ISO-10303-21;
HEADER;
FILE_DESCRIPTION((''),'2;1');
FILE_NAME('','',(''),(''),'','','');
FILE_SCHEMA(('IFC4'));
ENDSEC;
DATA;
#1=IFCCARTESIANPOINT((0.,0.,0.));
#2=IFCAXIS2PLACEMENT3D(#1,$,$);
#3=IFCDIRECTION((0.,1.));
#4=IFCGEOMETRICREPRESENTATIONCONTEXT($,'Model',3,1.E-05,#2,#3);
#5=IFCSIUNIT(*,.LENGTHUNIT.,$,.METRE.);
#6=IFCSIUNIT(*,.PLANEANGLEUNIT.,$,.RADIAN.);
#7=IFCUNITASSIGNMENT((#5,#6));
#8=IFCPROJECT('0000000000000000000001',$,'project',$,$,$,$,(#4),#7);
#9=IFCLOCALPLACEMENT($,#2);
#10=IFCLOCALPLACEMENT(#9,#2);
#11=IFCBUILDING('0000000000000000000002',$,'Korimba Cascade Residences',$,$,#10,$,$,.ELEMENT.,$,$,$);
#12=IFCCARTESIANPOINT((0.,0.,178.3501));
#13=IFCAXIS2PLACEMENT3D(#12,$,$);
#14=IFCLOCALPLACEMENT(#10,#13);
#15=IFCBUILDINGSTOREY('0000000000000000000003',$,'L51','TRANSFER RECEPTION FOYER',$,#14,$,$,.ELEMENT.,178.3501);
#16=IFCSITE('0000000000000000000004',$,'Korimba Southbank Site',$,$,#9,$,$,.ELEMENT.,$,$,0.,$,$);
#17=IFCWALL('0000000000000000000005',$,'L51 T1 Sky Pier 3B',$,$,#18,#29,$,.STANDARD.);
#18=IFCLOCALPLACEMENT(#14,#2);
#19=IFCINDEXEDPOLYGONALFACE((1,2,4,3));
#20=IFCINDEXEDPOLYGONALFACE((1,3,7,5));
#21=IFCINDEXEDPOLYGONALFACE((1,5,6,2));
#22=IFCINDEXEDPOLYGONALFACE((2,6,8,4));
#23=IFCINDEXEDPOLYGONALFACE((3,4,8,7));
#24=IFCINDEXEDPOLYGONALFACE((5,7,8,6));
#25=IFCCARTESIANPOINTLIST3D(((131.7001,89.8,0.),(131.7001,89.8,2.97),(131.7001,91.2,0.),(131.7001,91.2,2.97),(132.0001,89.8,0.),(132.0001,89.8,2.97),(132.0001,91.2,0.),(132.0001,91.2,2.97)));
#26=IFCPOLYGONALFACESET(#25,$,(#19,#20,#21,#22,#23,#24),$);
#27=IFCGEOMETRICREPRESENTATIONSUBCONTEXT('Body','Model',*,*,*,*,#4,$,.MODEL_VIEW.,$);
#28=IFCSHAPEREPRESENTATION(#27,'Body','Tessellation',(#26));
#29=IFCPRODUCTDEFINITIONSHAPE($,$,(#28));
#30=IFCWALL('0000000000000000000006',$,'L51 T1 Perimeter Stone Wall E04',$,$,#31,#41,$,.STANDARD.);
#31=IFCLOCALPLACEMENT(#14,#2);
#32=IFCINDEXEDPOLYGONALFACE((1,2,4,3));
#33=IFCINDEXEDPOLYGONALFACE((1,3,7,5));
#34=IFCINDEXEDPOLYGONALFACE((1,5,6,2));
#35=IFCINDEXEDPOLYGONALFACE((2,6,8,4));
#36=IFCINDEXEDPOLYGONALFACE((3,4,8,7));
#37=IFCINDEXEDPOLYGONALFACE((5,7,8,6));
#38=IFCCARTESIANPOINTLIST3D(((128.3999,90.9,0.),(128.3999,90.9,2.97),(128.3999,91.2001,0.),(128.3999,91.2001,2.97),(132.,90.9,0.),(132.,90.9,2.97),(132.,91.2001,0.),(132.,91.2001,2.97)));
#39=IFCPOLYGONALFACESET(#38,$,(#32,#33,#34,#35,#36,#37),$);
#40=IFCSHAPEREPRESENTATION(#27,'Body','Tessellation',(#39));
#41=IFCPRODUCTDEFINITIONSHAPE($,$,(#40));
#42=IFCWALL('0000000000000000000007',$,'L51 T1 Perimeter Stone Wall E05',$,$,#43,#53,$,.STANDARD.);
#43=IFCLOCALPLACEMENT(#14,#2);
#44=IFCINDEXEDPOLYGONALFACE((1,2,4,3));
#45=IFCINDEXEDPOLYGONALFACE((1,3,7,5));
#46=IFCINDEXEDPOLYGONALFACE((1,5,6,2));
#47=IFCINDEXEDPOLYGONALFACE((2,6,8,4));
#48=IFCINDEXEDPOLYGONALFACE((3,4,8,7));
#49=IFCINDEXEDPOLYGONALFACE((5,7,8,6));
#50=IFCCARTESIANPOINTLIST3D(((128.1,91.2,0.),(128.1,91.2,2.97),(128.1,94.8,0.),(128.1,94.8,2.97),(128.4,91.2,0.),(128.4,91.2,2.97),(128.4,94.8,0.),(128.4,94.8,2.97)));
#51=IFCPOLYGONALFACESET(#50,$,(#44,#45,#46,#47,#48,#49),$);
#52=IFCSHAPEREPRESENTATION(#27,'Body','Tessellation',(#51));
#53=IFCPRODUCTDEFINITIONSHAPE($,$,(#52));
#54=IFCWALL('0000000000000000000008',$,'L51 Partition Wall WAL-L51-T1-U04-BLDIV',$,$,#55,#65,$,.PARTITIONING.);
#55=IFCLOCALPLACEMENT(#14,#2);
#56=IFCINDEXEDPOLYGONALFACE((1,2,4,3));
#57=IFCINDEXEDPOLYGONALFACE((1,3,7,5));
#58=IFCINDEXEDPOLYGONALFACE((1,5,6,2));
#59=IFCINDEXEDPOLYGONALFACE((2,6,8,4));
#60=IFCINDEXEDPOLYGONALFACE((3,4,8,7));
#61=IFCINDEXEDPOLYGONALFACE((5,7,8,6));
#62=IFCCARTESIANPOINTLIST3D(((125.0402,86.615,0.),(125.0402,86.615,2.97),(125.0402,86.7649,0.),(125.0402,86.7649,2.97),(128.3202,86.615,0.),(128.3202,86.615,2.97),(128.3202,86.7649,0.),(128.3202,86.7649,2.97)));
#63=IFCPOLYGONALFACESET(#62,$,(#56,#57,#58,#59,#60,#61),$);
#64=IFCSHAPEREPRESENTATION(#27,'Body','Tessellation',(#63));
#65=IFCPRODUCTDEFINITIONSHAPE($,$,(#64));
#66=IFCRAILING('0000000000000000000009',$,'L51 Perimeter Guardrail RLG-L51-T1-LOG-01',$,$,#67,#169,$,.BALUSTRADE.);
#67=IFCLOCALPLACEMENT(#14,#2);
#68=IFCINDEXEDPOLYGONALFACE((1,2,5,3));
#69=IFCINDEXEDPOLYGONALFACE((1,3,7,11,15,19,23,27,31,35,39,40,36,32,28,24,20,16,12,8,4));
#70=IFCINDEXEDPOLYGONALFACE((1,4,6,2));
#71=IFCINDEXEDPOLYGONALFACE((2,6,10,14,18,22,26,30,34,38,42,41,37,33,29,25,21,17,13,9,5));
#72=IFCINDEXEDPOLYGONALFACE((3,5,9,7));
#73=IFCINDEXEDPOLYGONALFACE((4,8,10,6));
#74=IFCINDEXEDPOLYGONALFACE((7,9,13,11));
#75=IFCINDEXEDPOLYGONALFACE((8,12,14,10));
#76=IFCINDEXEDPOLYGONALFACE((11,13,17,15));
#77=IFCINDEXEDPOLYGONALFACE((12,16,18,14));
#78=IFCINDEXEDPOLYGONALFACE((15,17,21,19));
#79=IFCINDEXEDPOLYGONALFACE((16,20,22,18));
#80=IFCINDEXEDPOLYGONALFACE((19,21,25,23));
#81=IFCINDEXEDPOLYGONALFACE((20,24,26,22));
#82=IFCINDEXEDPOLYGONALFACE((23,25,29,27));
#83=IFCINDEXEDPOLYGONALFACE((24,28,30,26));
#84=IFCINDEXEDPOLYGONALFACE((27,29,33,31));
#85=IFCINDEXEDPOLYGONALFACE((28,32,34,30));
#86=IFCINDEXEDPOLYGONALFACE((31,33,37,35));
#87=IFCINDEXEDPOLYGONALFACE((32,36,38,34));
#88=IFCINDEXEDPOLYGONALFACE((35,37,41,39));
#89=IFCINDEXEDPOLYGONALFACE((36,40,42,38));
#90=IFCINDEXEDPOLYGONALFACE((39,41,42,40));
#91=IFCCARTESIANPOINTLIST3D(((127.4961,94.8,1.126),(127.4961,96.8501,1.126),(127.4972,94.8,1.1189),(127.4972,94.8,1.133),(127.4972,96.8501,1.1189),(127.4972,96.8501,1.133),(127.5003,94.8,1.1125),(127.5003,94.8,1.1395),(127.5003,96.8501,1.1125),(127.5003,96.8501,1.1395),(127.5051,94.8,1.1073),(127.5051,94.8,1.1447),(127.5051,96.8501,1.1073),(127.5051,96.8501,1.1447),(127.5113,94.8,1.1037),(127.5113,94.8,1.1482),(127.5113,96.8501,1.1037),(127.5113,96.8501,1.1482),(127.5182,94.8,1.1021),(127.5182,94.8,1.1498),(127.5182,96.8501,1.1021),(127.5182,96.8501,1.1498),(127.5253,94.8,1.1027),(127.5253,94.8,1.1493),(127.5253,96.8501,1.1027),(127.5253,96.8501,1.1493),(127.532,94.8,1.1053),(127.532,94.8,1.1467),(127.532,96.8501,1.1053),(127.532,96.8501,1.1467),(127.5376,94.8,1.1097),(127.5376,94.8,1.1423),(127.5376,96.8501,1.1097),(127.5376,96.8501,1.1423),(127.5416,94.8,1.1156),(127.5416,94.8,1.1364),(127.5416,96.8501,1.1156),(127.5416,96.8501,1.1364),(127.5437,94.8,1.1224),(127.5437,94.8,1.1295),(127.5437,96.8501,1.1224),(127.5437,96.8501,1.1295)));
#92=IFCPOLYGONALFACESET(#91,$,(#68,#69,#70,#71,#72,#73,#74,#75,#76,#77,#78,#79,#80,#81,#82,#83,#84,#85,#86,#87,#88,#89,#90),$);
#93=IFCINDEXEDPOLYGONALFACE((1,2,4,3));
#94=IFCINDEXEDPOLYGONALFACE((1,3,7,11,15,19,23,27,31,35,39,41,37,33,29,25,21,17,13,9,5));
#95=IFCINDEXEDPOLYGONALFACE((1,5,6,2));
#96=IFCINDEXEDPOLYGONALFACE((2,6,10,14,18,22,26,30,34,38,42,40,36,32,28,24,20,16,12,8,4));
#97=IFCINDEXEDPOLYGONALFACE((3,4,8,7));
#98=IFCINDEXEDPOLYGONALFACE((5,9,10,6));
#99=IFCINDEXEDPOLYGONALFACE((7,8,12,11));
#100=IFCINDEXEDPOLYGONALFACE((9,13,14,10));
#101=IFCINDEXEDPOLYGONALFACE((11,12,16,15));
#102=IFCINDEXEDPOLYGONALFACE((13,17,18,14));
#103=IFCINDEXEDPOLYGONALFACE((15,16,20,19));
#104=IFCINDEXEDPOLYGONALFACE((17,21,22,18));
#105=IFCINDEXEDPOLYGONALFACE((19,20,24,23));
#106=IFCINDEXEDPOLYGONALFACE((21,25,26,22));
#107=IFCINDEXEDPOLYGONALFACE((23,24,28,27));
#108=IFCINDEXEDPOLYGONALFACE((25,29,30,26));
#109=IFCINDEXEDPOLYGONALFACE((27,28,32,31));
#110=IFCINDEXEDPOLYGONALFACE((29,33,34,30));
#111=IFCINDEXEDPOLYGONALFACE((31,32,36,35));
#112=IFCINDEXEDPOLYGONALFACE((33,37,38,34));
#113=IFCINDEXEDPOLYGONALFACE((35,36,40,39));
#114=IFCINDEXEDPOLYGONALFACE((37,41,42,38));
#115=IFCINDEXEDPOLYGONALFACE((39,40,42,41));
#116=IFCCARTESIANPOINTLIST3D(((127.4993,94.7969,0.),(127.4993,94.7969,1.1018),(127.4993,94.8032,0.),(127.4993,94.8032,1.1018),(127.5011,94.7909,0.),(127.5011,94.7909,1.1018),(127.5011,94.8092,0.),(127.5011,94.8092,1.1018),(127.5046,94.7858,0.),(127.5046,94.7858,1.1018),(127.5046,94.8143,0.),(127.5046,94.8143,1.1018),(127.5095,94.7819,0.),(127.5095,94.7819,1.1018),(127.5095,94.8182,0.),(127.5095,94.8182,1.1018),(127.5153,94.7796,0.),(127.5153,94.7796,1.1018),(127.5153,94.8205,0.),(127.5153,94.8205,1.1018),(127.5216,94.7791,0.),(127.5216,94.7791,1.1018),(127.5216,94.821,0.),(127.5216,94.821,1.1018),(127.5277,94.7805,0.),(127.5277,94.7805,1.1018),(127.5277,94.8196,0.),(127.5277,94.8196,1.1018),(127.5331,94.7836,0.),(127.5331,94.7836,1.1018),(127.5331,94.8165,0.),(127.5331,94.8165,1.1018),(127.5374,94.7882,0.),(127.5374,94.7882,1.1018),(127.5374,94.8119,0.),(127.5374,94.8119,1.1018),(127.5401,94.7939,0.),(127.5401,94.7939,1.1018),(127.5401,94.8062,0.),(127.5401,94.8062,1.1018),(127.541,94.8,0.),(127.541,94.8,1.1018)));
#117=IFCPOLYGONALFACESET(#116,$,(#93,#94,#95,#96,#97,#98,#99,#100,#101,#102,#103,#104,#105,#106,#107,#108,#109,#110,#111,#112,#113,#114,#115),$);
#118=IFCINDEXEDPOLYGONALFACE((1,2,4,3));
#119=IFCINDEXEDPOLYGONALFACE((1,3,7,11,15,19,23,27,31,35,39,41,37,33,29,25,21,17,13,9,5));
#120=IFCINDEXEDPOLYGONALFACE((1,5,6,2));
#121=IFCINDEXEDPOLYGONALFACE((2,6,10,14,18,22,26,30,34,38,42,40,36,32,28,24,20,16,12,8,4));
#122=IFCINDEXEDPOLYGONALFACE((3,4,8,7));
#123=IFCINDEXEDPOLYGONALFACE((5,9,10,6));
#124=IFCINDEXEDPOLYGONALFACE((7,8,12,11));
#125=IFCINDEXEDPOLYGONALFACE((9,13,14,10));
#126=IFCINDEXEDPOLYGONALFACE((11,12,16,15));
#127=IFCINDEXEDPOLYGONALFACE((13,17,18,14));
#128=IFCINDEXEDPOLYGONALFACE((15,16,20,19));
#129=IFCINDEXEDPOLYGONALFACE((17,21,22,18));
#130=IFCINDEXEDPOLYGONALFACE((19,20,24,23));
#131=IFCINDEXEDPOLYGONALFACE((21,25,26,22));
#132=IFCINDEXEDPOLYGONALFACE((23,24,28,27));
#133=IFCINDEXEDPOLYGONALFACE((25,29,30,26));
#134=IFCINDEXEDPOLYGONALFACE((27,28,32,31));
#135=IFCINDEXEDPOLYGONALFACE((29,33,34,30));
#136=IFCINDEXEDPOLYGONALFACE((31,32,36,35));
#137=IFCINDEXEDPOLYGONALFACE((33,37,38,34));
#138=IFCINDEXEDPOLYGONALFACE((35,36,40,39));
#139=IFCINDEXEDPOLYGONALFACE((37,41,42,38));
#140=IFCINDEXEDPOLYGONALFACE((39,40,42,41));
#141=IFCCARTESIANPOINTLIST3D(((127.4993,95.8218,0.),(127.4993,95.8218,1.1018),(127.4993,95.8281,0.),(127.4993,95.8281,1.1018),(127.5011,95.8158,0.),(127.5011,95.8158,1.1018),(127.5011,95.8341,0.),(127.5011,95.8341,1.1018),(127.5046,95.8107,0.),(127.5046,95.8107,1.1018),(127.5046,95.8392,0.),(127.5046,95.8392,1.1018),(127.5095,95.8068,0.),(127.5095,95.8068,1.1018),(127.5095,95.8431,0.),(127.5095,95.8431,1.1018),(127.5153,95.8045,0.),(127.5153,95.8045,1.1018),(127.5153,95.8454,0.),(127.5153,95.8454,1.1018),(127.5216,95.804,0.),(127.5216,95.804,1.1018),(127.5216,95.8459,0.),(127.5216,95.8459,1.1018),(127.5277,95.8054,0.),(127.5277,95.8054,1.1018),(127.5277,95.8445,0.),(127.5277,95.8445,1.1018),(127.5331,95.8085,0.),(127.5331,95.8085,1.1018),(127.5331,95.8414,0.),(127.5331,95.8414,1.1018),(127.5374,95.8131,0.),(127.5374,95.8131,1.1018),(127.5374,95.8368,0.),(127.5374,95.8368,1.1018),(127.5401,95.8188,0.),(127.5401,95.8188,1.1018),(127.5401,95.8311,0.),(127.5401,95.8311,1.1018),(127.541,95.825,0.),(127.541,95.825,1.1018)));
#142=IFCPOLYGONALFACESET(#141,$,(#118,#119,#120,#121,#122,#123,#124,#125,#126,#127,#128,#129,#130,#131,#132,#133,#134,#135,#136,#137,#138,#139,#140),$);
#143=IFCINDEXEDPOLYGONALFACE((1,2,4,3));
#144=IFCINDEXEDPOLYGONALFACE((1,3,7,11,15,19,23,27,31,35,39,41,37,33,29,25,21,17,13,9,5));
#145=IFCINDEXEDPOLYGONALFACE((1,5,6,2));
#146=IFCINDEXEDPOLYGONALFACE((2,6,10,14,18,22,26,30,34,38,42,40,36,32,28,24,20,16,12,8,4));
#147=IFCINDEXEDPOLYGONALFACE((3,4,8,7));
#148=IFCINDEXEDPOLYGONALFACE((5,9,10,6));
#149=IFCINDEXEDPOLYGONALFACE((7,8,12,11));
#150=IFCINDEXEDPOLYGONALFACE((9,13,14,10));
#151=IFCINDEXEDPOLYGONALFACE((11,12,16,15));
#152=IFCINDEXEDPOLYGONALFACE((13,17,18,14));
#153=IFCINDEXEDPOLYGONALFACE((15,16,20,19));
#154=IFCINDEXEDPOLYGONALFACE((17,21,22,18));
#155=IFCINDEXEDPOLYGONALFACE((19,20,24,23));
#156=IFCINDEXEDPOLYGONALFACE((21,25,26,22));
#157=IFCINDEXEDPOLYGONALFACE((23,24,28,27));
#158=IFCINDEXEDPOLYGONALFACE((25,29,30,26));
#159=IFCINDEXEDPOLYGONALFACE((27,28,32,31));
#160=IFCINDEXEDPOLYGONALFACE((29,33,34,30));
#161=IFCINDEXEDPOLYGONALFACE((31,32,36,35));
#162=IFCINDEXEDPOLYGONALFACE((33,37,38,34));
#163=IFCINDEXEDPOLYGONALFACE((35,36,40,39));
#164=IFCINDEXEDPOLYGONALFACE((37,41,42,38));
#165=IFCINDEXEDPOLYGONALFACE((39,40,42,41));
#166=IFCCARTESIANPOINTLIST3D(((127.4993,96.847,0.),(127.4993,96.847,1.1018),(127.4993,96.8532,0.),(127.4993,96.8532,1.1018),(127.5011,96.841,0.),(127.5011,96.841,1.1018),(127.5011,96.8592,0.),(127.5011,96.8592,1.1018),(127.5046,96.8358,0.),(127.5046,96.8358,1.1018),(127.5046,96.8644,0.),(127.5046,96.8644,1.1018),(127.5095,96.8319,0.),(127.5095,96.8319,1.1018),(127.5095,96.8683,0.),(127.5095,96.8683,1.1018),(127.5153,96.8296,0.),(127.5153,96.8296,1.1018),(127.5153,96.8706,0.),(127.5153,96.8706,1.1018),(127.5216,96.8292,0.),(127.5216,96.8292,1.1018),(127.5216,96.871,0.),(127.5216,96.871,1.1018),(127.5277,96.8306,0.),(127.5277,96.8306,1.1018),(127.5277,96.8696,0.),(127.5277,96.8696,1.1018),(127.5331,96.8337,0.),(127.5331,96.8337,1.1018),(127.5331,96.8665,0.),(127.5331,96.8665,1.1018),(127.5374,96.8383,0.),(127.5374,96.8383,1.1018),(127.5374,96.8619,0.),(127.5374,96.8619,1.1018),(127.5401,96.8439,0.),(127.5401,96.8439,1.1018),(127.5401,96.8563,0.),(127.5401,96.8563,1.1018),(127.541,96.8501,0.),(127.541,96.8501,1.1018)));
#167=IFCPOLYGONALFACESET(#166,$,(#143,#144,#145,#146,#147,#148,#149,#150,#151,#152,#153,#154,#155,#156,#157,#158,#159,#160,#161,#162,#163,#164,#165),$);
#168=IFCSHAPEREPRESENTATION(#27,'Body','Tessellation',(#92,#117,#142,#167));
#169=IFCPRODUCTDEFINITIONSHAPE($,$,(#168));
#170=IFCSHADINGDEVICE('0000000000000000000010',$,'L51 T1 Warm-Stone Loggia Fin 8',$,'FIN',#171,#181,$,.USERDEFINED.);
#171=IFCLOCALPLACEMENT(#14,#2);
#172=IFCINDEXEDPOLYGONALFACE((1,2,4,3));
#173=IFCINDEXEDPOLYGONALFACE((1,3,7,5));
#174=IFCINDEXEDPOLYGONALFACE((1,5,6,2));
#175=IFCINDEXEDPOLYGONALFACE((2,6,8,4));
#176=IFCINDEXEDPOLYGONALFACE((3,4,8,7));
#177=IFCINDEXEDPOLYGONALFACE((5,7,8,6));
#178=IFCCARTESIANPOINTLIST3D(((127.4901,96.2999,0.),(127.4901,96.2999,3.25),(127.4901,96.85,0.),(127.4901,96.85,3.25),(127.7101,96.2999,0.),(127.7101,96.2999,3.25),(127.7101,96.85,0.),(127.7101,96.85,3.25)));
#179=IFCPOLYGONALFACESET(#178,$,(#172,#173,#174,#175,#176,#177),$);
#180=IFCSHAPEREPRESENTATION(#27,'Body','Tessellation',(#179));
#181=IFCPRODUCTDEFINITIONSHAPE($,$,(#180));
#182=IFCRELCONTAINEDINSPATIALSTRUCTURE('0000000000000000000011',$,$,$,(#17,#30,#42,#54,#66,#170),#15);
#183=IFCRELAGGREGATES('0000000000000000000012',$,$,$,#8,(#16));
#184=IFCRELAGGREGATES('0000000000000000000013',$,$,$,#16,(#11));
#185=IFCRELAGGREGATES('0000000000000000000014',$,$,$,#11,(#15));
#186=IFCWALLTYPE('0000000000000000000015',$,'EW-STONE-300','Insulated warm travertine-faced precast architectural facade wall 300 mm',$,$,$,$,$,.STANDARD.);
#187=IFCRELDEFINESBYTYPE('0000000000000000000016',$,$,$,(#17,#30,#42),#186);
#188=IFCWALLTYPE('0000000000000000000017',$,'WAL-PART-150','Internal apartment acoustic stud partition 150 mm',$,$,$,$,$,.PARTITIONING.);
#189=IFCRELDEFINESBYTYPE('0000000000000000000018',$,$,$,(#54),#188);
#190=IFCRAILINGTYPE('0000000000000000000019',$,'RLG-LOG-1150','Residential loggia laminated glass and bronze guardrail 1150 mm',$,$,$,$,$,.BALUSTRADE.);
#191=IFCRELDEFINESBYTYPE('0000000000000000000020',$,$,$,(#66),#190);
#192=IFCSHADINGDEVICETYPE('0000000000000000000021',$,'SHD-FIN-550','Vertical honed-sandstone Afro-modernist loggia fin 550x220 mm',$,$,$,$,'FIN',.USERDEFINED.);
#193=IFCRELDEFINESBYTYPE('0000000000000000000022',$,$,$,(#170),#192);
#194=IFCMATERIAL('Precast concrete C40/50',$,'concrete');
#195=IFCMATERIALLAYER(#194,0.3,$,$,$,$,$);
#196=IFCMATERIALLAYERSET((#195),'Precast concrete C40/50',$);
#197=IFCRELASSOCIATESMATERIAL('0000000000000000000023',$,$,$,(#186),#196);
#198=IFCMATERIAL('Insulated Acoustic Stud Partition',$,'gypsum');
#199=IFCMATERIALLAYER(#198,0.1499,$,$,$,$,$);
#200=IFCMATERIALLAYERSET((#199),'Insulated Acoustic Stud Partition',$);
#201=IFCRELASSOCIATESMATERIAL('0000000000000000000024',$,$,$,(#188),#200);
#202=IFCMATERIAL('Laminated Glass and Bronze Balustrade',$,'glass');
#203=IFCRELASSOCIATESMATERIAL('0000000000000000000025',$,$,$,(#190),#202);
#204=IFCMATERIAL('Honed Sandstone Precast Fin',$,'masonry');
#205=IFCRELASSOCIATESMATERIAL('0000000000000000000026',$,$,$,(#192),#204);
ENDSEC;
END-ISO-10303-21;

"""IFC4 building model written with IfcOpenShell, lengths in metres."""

from ifc_helpers import new_model, si_unit, direction, frame, frame_2d, origin, origin_2d, place, context, subcontext, project, spatial, rectangle, circle, extrude, material, layer, layer_set, type_object, element, save


model = new_model("IFC4")

# Units and contexts
model_context = context("Model", 3, precision=1e-05, world=origin(), true_north=direction((0.0, 1.0)))
body_context = subcontext(model_context, "Body", "Model", "MODEL_VIEW")
ifc_project = project(units=[si_unit("LENGTHUNIT", "METRE"), si_unit("PLANEANGLEUNIT", "RADIAN")], contexts=[model_context])

# Site, building, storey
site_placement = place(None, origin())
site = spatial("IfcSite", under=ifc_project, at=site_placement, Name="Korimba Southbank Site", CompositionType="ELEMENT", RefElevation=0.0)
building_placement = place(site_placement, origin())
building = spatial("IfcBuilding", under=site, at=building_placement, Name="Korimba Cascade Residences", CompositionType="ELEMENT")
storey_placement = place(building_placement, frame((0.0, 0.0, 178.3501)))
storey = spatial("IfcBuildingStorey", under=building, at=storey_placement, Name="L51", Description="TRANSFER RECEPTION FOYER", CompositionType="ELEMENT", Elevation=178.3501)

# Shared definitions
ifc_material_1 = material(Name="Precast concrete C40/50", Category="concrete")

# Walls
ifc_layer_1 = layer(ifc_material_1, 0.3)
ifc_layer_set_1 = layer_set([ifc_layer_1], Name="Precast concrete C40/50")
wall_type_1 = type_object("IfcWallType", Name="EW-STONE-300", Description="Insulated warm travertine-faced precast architectural facade wall 300 mm", PredefinedType="STANDARD", material=ifc_layer_set_1)
wall_1_placement = place(storey_placement, frame((131.8501, 89.8, 0.0), z_axis=(0.0, 0.0, 1.0), x_axis=(0.0, 1.0, 0.0)))
element("IfcWall", 1, at=wall_1_placement, inside=storey, type_object=wall_type_1, Name="L51 T1 Sky Pier 3B", PredefinedType="STANDARD", context=body_context, shape_type="SweptSolid", body=[
    extrude(rectangle(XDim=1.3999, YDim=0.3, at=frame_2d((0.7, 0.0))), origin(), (0.0, 0.0, 1.0), 2.97),
])
for number, where, z_axis, x_axis, name in (
    (2, (132.0, 91.05, 0.0), (0.0, 0.0, 1.0), (-1.0, 0.0, 0.0), "L51 T1 Perimeter Stone Wall E04"),
    (3, (128.25, 91.2, 0.0), (0.0, 0.0, 1.0), (0.0, 1.0, 0.0), "L51 T1 Perimeter Stone Wall E05"),
):
    element("IfcWall", number, at=place(storey_placement, frame(where, z_axis=z_axis, x_axis=x_axis)), inside=storey, type_object=wall_type_1, Name=name, PredefinedType="STANDARD", context=body_context, shape_type="SweptSolid", body=[
        extrude(rectangle(XDim=3.6001, YDim=0.3, at=frame_2d((1.8, 0.0))), origin(), (0.0, 0.0, 1.0), 2.97),
    ])
ifc_material_2 = material(Name="Insulated Acoustic Stud Partition", Category="gypsum")
ifc_layer_2 = layer(ifc_material_2, 0.1499)
ifc_layer_set_2 = layer_set([ifc_layer_2], Name="Insulated Acoustic Stud Partition")
wall_type_2 = type_object("IfcWallType", Name="WAL-PART-150", Description="Internal apartment acoustic stud partition 150 mm", PredefinedType="PARTITIONING", material=ifc_layer_set_2)
wall_2_placement = place(storey_placement, frame((125.04, 86.6899, 0.0), z_axis=(0.0, 0.0, 1.0), x_axis=(1.0, 0.0, 0.0)))
element("IfcWall", 4, at=wall_2_placement, inside=storey, type_object=wall_type_2, Name="L51 Partition Wall WAL-L51-T1-U04-BLDIV", PredefinedType="PARTITIONING", context=body_context, shape_type="SweptSolid", body=[
    extrude(rectangle(XDim=3.28, YDim=0.1499, at=frame_2d((1.6401, 0.0))), origin(), (0.0, 0.0, 1.0), 2.97),
])

# Railing
ifc_material_3 = material(Name="Laminated Glass and Bronze Balustrade", Category="glass")
railing_type = type_object("IfcRailingType", Name="RLG-LOG-1150", Description="Residential loggia laminated glass and bronze guardrail 1150 mm", PredefinedType="BALUSTRADE", material=ifc_material_3)
railing_1_placement = place(storey_placement, frame((127.52, 94.8, 0.0)))
element("IfcRailing", 5, at=railing_1_placement, inside=storey, type_object=railing_type, Name="L51 Perimeter Guardrail RLG-L51-T1-LOG-01", PredefinedType="BALUSTRADE", context=body_context, shape_type="SweptSolid", body=[
    extrude(circle(Radius=0.0239, at=origin_2d()), frame((0.0, 0.0, 1.126), z_axis=(0.0, 1.0, 0.0), x_axis=(-1.0, 0.0, 0.0)), (0.0, 0.0, 1.0), 2.05),
    extrude(circle(Radius=0.021, at=origin_2d()), origin(), (0.0, 0.0, 1.0), 1.1018),
    extrude(circle(Radius=0.021, at=origin_2d()), frame((0.0, 1.0249, 0.0)), (0.0, 0.0, 1.0), 1.1018),
    extrude(circle(Radius=0.021, at=origin_2d()), frame((0.0, 2.05, 0.0)), (0.0, 0.0, 1.0), 1.1018),
])

# Shading device
ifc_material_4 = material(Name="Honed Sandstone Precast Fin", Category="masonry")
shading_device_type = type_object("IfcShadingDeviceType", Name="SHD-FIN-550", Description="Vertical honed-sandstone Afro-modernist loggia fin 550x220 mm", ElementType="FIN", PredefinedType="USERDEFINED", material=ifc_material_4)
shading_device_placement = place(storey_placement, frame((127.6001, 96.575, 0.0), z_axis=(0.0, 0.0, 1.0), x_axis=(1.0, 0.0, 0.0)))
element("IfcShadingDevice", 6, at=shading_device_placement, inside=storey, type_object=shading_device_type, Name="L51 T1 Warm-Stone Loggia Fin 8", ObjectType="FIN", PredefinedType="USERDEFINED", context=body_context, shape_type="SweptSolid", body=[
    extrude(rectangle(XDim=0.22, YDim=0.55, at=origin_2d()), origin(), (0.0, 0.0, 1.0), 3.25),
])

save(model, "model.ifc")
